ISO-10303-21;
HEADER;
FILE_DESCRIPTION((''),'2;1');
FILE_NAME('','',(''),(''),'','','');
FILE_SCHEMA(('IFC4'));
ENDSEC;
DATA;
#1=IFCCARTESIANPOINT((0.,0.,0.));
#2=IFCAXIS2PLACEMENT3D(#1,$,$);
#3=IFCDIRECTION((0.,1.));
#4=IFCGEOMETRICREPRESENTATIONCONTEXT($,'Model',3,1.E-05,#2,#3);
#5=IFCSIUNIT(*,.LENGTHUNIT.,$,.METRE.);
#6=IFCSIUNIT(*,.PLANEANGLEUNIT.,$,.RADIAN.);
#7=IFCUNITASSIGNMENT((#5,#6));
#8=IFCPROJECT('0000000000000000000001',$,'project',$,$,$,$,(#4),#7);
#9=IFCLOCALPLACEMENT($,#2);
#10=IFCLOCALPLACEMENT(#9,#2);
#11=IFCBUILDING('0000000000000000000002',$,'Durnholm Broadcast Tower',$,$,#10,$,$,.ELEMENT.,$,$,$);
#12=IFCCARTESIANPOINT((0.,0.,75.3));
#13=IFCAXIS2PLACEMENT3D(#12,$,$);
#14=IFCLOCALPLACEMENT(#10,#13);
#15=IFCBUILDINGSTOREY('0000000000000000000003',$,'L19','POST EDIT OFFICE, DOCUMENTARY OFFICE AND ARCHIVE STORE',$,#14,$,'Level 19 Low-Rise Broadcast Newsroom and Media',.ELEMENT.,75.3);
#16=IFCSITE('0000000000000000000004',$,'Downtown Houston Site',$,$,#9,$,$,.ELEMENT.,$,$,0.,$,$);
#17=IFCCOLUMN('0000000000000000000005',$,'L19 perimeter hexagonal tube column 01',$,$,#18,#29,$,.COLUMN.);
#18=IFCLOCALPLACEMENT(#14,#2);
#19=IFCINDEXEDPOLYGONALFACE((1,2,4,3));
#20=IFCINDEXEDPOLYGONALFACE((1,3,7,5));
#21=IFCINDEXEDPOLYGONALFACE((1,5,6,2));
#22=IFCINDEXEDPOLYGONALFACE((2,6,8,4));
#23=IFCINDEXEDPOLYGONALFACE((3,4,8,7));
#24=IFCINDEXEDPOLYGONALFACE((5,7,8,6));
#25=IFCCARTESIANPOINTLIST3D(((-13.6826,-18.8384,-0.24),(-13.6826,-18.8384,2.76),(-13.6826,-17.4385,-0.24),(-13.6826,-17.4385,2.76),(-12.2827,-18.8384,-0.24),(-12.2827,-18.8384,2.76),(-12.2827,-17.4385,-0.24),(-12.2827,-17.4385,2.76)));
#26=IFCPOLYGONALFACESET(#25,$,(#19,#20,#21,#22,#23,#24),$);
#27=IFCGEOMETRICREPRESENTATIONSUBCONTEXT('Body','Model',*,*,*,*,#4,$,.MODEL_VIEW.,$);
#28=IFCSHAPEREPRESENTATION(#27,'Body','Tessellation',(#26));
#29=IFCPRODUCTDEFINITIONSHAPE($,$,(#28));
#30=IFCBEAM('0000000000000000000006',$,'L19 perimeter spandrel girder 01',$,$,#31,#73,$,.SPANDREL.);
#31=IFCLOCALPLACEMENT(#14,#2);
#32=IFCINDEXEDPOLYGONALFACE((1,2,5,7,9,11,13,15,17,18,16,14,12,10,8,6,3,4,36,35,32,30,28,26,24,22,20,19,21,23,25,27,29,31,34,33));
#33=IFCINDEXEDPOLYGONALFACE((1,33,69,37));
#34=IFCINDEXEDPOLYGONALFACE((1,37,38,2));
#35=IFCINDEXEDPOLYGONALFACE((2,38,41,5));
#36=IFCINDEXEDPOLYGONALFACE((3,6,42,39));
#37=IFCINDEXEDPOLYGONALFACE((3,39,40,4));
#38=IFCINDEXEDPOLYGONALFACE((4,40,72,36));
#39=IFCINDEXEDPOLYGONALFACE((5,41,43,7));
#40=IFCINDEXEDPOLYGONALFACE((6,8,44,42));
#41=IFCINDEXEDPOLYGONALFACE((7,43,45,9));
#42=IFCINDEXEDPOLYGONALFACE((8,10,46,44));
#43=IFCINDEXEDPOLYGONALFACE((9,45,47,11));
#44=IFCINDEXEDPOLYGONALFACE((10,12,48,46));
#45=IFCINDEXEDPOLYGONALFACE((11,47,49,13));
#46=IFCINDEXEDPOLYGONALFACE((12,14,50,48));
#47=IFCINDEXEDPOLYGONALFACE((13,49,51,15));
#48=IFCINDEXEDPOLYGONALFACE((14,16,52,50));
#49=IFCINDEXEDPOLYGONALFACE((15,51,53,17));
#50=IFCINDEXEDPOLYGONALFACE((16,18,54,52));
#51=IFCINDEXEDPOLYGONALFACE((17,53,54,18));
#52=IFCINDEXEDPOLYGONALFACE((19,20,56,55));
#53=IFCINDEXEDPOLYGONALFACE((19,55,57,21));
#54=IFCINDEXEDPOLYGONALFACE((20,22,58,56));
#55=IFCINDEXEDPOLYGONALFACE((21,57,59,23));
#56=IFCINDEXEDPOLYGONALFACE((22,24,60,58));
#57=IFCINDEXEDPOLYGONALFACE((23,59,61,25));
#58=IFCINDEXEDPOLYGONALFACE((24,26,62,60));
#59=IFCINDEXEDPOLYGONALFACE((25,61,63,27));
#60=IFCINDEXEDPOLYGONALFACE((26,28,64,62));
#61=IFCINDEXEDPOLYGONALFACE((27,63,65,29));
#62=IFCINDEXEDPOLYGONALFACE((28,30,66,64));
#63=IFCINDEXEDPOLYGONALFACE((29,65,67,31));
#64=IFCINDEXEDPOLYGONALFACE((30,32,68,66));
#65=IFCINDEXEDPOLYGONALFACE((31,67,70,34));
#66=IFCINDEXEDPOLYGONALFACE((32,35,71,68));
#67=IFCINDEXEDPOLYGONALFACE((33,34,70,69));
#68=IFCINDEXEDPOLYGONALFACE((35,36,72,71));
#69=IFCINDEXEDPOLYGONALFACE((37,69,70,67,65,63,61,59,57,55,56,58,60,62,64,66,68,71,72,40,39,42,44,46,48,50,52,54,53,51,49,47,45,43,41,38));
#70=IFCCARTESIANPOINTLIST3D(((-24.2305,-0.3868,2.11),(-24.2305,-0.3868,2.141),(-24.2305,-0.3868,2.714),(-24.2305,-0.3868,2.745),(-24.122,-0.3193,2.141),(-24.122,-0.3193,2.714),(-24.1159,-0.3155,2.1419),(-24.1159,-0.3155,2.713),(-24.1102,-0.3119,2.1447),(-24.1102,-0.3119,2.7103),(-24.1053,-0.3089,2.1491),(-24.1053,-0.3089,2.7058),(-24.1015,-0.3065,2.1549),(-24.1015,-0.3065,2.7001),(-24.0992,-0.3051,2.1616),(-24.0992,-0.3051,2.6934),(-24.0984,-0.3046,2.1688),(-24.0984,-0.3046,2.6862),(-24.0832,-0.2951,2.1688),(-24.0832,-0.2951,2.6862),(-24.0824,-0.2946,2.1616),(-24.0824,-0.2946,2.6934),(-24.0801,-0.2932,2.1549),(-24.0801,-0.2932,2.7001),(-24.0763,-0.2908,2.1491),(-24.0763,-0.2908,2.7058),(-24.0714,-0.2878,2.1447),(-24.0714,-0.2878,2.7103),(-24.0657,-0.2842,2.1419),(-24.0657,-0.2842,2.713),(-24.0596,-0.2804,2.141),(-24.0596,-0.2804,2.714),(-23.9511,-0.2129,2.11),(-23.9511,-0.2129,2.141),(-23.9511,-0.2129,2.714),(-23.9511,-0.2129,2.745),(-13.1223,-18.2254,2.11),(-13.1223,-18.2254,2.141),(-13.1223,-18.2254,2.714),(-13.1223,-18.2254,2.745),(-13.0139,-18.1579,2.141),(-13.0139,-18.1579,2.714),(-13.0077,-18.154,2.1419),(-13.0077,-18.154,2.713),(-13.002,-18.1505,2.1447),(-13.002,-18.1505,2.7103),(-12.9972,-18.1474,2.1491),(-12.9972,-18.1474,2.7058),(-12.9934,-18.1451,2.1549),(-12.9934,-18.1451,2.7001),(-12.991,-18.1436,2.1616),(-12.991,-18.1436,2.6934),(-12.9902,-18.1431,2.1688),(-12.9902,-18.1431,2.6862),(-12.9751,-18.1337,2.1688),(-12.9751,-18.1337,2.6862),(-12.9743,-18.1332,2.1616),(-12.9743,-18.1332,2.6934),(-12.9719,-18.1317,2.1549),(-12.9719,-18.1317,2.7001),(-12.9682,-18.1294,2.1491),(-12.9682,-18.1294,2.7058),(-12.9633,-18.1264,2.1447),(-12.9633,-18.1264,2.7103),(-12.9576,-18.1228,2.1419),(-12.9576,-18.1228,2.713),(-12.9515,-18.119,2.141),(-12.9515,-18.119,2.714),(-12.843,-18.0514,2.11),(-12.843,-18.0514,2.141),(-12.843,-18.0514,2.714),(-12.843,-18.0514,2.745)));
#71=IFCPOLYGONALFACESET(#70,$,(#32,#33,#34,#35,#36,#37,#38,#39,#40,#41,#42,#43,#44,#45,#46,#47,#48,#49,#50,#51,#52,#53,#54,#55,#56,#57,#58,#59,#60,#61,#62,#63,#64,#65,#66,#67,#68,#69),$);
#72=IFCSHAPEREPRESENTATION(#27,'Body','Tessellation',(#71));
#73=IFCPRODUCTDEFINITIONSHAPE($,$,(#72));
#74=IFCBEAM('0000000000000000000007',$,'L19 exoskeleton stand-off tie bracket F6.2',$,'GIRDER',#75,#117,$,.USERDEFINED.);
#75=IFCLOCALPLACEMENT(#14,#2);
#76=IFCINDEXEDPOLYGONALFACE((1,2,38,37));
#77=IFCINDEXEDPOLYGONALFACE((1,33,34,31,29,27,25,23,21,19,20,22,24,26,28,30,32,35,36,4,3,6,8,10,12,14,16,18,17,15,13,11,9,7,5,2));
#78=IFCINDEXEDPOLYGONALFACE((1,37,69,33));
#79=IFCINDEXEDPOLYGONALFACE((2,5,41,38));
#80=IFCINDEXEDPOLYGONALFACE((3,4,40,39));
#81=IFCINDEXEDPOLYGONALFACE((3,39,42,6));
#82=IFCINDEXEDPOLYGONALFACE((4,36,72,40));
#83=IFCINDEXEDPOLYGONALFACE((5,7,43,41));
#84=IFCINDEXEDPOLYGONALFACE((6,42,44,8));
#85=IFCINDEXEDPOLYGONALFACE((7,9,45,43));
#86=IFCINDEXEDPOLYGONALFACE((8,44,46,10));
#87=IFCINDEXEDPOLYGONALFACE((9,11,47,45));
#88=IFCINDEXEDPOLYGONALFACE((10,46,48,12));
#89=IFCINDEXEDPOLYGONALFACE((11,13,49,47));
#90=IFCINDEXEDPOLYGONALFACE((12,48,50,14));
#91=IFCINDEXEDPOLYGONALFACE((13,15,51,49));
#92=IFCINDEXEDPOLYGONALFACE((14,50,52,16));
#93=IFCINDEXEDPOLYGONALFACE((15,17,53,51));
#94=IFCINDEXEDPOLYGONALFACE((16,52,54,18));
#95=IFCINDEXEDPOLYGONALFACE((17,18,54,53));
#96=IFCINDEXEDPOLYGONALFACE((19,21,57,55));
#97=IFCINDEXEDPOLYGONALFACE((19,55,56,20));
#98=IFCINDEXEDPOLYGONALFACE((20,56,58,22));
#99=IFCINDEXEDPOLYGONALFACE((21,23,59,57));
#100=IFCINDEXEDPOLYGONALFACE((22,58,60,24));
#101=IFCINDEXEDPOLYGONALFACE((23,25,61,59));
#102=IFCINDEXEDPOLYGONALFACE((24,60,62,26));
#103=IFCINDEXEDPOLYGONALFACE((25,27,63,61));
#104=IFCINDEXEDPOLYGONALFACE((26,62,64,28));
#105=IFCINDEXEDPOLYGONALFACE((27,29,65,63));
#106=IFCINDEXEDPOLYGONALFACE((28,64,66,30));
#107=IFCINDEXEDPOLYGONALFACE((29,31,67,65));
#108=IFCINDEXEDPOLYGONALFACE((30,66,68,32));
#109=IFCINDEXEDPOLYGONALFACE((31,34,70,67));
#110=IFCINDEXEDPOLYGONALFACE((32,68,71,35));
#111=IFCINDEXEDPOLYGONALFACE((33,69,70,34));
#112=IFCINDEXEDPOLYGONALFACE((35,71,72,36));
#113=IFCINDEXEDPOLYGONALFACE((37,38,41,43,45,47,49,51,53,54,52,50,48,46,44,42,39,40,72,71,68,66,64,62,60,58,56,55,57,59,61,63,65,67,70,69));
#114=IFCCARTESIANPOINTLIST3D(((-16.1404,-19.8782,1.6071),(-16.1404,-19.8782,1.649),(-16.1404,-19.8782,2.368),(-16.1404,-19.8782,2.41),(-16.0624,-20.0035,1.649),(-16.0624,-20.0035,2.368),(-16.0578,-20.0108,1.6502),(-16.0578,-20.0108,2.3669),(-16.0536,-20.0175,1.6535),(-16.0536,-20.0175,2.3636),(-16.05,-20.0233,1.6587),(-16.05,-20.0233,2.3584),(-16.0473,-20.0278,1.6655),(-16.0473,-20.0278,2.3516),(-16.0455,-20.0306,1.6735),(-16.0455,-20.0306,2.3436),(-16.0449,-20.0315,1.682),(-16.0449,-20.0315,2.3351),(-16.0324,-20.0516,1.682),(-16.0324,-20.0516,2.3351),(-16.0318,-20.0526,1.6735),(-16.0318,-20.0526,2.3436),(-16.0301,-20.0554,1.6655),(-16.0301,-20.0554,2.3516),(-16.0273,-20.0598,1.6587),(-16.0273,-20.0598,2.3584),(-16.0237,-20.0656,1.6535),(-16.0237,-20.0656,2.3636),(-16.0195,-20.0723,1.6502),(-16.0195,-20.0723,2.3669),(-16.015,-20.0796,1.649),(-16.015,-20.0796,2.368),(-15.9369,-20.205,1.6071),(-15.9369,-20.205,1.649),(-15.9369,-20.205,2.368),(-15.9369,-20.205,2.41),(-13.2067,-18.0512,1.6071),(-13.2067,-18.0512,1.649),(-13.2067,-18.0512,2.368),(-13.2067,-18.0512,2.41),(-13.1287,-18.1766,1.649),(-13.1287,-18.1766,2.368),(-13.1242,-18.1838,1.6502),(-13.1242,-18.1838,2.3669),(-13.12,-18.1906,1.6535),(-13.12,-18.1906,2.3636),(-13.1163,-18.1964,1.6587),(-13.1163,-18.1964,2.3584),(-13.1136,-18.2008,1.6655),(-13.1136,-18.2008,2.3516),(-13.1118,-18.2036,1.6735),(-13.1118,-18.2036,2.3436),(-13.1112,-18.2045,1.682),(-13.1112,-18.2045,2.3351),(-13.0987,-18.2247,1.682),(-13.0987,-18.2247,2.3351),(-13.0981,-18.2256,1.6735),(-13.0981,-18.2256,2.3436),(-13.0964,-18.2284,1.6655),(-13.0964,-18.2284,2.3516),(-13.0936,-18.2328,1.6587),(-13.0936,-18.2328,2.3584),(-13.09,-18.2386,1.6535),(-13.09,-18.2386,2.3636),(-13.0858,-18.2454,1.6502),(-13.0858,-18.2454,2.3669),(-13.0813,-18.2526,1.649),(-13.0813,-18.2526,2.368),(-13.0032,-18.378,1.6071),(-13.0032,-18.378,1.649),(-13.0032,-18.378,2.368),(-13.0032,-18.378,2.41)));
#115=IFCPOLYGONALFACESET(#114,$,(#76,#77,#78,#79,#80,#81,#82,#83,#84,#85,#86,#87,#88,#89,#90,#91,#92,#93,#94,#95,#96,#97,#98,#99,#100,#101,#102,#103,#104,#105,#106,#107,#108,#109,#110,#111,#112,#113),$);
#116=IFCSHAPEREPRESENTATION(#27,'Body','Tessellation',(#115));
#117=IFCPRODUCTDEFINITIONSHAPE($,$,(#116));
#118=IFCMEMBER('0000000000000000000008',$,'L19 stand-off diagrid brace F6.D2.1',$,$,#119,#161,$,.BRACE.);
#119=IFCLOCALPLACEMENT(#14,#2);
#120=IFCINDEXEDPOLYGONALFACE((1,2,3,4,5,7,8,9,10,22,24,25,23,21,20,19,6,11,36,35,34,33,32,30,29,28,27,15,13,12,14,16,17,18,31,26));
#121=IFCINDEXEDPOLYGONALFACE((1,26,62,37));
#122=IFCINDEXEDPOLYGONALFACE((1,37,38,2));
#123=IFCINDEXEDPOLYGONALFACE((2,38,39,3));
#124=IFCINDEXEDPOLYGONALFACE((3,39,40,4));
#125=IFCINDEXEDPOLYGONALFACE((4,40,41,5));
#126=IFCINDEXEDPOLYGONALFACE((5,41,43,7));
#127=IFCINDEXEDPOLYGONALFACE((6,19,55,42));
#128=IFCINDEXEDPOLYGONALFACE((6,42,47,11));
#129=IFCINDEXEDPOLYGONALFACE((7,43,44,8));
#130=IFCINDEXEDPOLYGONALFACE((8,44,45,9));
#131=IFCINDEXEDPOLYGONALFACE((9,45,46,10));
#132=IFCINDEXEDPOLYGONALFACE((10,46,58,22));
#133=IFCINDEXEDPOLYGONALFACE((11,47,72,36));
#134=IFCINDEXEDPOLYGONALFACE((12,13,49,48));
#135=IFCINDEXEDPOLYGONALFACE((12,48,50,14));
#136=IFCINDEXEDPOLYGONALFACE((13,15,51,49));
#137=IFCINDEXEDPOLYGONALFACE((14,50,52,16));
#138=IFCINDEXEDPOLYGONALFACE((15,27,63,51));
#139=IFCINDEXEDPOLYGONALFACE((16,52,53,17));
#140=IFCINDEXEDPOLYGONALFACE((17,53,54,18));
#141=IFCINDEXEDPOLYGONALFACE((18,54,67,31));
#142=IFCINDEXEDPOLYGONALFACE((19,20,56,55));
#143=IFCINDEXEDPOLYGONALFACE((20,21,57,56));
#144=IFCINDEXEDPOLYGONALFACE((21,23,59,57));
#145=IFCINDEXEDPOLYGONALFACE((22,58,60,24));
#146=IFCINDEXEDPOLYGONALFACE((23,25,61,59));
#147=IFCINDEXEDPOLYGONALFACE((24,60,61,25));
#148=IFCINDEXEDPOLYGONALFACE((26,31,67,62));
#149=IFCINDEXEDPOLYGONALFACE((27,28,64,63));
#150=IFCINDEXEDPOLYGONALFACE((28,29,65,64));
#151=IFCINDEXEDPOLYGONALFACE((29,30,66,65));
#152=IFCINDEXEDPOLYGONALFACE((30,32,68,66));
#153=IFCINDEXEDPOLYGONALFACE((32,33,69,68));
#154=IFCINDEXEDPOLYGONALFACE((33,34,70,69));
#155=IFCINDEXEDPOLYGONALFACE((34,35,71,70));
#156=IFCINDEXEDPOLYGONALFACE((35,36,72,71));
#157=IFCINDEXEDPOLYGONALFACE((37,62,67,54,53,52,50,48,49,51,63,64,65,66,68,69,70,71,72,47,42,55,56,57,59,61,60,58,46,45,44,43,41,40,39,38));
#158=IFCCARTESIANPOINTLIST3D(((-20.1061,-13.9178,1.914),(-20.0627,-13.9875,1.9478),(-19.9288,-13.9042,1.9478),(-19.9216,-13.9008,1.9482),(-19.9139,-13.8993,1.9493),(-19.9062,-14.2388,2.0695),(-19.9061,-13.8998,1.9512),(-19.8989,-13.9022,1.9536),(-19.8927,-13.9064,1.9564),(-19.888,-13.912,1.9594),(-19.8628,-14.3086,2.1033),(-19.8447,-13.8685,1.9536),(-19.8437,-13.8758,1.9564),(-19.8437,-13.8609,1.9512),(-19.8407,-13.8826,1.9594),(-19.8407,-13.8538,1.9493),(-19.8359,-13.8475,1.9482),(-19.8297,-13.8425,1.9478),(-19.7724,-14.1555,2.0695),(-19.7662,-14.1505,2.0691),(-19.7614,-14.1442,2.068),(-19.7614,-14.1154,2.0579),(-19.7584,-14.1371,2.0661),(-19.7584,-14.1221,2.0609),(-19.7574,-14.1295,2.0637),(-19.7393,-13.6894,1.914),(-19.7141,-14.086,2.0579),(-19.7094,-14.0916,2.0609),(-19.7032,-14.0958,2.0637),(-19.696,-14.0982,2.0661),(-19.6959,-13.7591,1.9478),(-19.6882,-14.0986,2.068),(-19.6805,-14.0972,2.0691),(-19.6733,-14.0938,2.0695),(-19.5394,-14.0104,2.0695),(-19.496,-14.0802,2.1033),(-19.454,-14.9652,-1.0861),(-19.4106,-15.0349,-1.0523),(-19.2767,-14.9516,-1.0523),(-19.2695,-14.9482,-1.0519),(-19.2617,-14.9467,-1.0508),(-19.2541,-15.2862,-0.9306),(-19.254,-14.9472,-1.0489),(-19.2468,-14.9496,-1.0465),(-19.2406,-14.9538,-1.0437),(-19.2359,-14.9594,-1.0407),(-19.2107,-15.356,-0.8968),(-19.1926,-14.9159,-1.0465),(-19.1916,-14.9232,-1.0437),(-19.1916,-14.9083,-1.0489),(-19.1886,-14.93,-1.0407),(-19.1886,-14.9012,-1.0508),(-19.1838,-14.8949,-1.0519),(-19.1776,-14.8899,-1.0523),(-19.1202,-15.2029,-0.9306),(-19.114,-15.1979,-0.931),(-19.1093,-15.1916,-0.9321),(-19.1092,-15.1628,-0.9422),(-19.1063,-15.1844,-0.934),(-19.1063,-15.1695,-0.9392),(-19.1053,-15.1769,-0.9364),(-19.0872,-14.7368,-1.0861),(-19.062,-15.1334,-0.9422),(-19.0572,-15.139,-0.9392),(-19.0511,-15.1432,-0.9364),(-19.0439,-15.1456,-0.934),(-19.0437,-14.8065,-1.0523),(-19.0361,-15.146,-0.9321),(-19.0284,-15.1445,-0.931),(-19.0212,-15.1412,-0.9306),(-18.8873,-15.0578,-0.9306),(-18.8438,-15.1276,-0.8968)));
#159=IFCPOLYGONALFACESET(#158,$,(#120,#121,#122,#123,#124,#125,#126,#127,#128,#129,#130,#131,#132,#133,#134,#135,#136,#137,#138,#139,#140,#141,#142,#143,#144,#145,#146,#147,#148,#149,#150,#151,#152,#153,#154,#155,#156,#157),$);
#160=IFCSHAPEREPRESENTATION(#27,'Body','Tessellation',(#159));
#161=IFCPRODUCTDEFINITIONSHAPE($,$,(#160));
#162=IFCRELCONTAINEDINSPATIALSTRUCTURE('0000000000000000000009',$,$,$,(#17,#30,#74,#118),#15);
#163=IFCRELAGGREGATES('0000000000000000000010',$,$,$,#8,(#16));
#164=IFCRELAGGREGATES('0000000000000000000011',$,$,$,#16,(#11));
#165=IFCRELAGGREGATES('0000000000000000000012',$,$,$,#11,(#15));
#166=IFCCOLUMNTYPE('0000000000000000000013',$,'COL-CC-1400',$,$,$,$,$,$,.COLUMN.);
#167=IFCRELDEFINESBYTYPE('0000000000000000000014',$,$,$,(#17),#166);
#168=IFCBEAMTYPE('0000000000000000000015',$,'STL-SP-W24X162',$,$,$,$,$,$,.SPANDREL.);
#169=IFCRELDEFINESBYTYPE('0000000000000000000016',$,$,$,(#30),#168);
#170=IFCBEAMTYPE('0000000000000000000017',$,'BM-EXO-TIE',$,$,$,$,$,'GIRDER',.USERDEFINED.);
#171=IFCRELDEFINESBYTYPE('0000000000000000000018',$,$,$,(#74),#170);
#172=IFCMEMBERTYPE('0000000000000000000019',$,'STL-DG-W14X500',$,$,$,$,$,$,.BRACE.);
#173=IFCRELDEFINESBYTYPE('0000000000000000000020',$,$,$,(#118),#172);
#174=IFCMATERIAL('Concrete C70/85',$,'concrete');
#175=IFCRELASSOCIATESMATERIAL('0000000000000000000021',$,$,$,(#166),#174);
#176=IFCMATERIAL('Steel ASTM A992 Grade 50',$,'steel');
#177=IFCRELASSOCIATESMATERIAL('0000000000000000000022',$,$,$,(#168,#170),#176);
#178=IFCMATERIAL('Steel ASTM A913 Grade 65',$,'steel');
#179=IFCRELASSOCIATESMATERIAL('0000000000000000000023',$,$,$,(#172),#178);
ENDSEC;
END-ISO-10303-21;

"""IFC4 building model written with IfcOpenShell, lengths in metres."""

from ifc_helpers import new_model, si_unit, direction, frame, origin, origin_2d, place, context, subcontext, project, spatial, rectangle, i_section, extrude, source, transform, mapped, material, material_profile, profile_set, type_object, type_shapes, element, save


model = new_model("IFC4")

# Units and contexts
model_context = context("Model", 3, precision=1e-05, world=origin(), true_north=direction((0.0, 1.0)))
body_context = subcontext(model_context, "Body", "Model", "MODEL_VIEW")
ifc_project = project(units=[si_unit("LENGTHUNIT", "METRE"), si_unit("PLANEANGLEUNIT", "RADIAN")], contexts=[model_context])

# Site, building, storey
site_placement = place(None, origin())
site = spatial("IfcSite", under=ifc_project, at=site_placement, Name="Downtown Houston Site", CompositionType="ELEMENT", RefElevation=0.0)
building_placement = place(site_placement, origin())
building = spatial("IfcBuilding", under=site, at=building_placement, Name="Durnholm Broadcast Tower", CompositionType="ELEMENT")
storey_placement = place(building_placement, frame((0.0, 0.0, 75.3)))
storey = spatial("IfcBuildingStorey", under=building, at=storey_placement, Name="L19", Description="POST EDIT OFFICE, DOCUMENTARY OFFICE AND ARCHIVE STORE", LongName="Level 19 Low-Rise Broadcast Newsroom and Media", CompositionType="ELEMENT", Elevation=75.3)

# Column
ifc_material_1 = material(Name="Concrete C70/85", Category="concrete")
ifc_material_profile_1 = material_profile(ifc_material_1, rectangle(XDim=1.3999, YDim=1.3999, at=origin_2d()), Name="RC1400X1400")
ifc_profile_set_1 = profile_set([ifc_material_profile_1], Name="Concrete C70/85")
column_type = type_object("IfcColumnType", Name="COL-CC-1400", PredefinedType="COLUMN", material=ifc_profile_set_1)
shared_shape_1 = source(origin(), body_context, "Body", "SweptSolid", [
    extrude(rectangle(XDim=1.3999, YDim=1.3999, at=origin_2d()), origin(), (0.0, 0.0, 1.0), 3.0),
])
type_shapes(column_type, [shared_shape_1])
column_placement = place(storey_placement, frame((-12.9827, -18.1384, -0.24), z_axis=(0.0, 0.0, 1.0), x_axis=(1.0, 0.0, 0.0)))
element("IfcColumn", 1, at=column_placement, inside=storey, type_object=column_type, Name="L19 perimeter hexagonal tube column 01", PredefinedType="COLUMN", context=body_context, shape_type="MappedRepresentation", body=[
    mapped(shared_shape_1, transform((0.0, 0.0, 0.0), x_axis=(1.0, 0.0, 0.0), y_axis=(0.0, 1.0, 0.0), z_axis=(0.0, 0.0, 1.0), scale=1.0)),
])

# Beams
ifc_material_2 = material(Name="Steel ASTM A992 Grade 50", Category="steel")
ifc_material_profile_2 = material_profile(ifc_material_2, i_section(OverallWidth=0.3291, OverallDepth=0.635, WebThickness=0.0178, FlangeThickness=0.031, FilletRadius=0.0278, at=origin_2d()), Name="W24X162")
ifc_profile_set_2 = profile_set([ifc_material_profile_2], Name="Steel ASTM A992 Grade 50")
beam_type_1 = type_object("IfcBeamType", Name="STL-SP-W24X162", PredefinedType="SPANDREL", material=ifc_profile_set_2)
shared_shape_2 = source(origin(), body_context, "Body", "SweptSolid", [
    extrude(i_section(OverallWidth=0.3291, OverallDepth=0.635, WebThickness=0.0178, FlangeThickness=0.031, FilletRadius=0.0278, at=origin_2d()), origin(), (0.0, 0.0, 1.0), 21.0144),
])
type_shapes(beam_type_1, [shared_shape_2])
beam_1_placement = place(storey_placement, frame((-12.9827, -18.1384, 2.4275), z_axis=(-0.528596, 0.848874, 0.0), x_axis=(-0.848874, -0.528596, 0.0)))
element("IfcBeam", 2, at=beam_1_placement, inside=storey, type_object=beam_type_1, Name="L19 perimeter spandrel girder 01", PredefinedType="SPANDREL", context=body_context, shape_type="MappedRepresentation", body=[
    mapped(shared_shape_2, transform((0.0, 0.0, 0.0), x_axis=(1.0, 0.0, 0.0), y_axis=(0.0, 1.0, 0.0), z_axis=(0.0, 0.0, 1.0), scale=1.0)),
])
ifc_material_profile_3 = material_profile(ifc_material_2, i_section(OverallWidth=0.385, OverallDepth=0.803, WebThickness=0.0237, FlangeThickness=0.042, FilletRadius=0.033, at=origin_2d()), Name="W30X261")
ifc_profile_set_3 = profile_set([ifc_material_profile_3], Name="Steel ASTM A992 Grade 50")
beam_type_2 = type_object("IfcBeamType", Name="BM-EXO-TIE", ElementType="GIRDER", PredefinedType="USERDEFINED", material=ifc_profile_set_3)
shared_shape_3 = source(origin(), body_context, "Body", "SweptSolid", [
    extrude(i_section(OverallWidth=0.385, OverallDepth=0.803, WebThickness=0.0237, FlangeThickness=0.042, FilletRadius=0.033, at=origin_2d()), origin(), (0.0, 0.0, 1.0), 3.4561),
])
type_shapes(beam_type_2, [shared_shape_3])
beam_2_placement = place(storey_placement, frame((-13.105, -18.2146, 2.0085), z_axis=(-0.848854, -0.528627, 0.0), x_axis=(0.528627, -0.848854, 0.0)))
element("IfcBeam", 3, at=beam_2_placement, inside=storey, type_object=beam_type_2, Name="L19 exoskeleton stand-off tie bracket F6.2", ObjectType="GIRDER", PredefinedType="USERDEFINED", context=body_context, shape_type="MappedRepresentation", body=[
    mapped(shared_shape_3, transform((0.0, 0.0, 0.0), x_axis=(1.0, 0.0, 0.0), y_axis=(0.0, 1.0, 0.0), z_axis=(0.0, 0.0, 1.0), scale=1.0)),
])

# Member
ifc_material_3 = material(Name="Steel ASTM A913 Grade 65", Category="steel")
ifc_material_profile_4 = material_profile(ifc_material_3, i_section(OverallWidth=0.4321, OverallDepth=0.4978, WebThickness=0.0557, FlangeThickness=0.0889, FilletRadius=0.0305, at=origin_2d()), Name="W14X500")
ifc_profile_set_4 = profile_set([ifc_material_profile_4], Name="Steel ASTM A913 Grade 65")
member_type_1 = type_object("IfcMemberType", Name="STL-DG-W14X500", PredefinedType="BRACE", material=ifc_profile_set_4)
shared_shape_4 = source(origin(), body_context, "Body", "SweptSolid", [
    extrude(i_section(OverallWidth=0.4321, OverallDepth=0.4978, WebThickness=0.0557, FlangeThickness=0.0889, FilletRadius=0.0305, at=origin_2d()), origin(), (0.0, 0.0, 1.0), 3.2439),
])
type_shapes(member_type_1, [shared_shape_4])
for number, where, z_axis, x_axis, name in (
    (4, (-19.1489, -15.0464, -0.9915), (-0.20103, 0.322882, 0.924843), (-0.848909, -0.52854, 0.0), "L19 stand-off diagrid brace F6.D2.1"),
):
    element("IfcMember", number, at=place(storey_placement, frame(where, z_axis=z_axis, x_axis=x_axis)), inside=storey, type_object=member_type_1, Name=name, PredefinedType="BRACE", context=body_context, shape_type="MappedRepresentation", body=[
        mapped(shared_shape_4, transform((0.0, 0.0, 0.0), x_axis=(1.0, 0.0, 0.0), y_axis=(0.0, 1.0, 0.0), z_axis=(0.0, 0.0, 1.0), scale=1.0)),
    ])

save(model, "model.ifc")
